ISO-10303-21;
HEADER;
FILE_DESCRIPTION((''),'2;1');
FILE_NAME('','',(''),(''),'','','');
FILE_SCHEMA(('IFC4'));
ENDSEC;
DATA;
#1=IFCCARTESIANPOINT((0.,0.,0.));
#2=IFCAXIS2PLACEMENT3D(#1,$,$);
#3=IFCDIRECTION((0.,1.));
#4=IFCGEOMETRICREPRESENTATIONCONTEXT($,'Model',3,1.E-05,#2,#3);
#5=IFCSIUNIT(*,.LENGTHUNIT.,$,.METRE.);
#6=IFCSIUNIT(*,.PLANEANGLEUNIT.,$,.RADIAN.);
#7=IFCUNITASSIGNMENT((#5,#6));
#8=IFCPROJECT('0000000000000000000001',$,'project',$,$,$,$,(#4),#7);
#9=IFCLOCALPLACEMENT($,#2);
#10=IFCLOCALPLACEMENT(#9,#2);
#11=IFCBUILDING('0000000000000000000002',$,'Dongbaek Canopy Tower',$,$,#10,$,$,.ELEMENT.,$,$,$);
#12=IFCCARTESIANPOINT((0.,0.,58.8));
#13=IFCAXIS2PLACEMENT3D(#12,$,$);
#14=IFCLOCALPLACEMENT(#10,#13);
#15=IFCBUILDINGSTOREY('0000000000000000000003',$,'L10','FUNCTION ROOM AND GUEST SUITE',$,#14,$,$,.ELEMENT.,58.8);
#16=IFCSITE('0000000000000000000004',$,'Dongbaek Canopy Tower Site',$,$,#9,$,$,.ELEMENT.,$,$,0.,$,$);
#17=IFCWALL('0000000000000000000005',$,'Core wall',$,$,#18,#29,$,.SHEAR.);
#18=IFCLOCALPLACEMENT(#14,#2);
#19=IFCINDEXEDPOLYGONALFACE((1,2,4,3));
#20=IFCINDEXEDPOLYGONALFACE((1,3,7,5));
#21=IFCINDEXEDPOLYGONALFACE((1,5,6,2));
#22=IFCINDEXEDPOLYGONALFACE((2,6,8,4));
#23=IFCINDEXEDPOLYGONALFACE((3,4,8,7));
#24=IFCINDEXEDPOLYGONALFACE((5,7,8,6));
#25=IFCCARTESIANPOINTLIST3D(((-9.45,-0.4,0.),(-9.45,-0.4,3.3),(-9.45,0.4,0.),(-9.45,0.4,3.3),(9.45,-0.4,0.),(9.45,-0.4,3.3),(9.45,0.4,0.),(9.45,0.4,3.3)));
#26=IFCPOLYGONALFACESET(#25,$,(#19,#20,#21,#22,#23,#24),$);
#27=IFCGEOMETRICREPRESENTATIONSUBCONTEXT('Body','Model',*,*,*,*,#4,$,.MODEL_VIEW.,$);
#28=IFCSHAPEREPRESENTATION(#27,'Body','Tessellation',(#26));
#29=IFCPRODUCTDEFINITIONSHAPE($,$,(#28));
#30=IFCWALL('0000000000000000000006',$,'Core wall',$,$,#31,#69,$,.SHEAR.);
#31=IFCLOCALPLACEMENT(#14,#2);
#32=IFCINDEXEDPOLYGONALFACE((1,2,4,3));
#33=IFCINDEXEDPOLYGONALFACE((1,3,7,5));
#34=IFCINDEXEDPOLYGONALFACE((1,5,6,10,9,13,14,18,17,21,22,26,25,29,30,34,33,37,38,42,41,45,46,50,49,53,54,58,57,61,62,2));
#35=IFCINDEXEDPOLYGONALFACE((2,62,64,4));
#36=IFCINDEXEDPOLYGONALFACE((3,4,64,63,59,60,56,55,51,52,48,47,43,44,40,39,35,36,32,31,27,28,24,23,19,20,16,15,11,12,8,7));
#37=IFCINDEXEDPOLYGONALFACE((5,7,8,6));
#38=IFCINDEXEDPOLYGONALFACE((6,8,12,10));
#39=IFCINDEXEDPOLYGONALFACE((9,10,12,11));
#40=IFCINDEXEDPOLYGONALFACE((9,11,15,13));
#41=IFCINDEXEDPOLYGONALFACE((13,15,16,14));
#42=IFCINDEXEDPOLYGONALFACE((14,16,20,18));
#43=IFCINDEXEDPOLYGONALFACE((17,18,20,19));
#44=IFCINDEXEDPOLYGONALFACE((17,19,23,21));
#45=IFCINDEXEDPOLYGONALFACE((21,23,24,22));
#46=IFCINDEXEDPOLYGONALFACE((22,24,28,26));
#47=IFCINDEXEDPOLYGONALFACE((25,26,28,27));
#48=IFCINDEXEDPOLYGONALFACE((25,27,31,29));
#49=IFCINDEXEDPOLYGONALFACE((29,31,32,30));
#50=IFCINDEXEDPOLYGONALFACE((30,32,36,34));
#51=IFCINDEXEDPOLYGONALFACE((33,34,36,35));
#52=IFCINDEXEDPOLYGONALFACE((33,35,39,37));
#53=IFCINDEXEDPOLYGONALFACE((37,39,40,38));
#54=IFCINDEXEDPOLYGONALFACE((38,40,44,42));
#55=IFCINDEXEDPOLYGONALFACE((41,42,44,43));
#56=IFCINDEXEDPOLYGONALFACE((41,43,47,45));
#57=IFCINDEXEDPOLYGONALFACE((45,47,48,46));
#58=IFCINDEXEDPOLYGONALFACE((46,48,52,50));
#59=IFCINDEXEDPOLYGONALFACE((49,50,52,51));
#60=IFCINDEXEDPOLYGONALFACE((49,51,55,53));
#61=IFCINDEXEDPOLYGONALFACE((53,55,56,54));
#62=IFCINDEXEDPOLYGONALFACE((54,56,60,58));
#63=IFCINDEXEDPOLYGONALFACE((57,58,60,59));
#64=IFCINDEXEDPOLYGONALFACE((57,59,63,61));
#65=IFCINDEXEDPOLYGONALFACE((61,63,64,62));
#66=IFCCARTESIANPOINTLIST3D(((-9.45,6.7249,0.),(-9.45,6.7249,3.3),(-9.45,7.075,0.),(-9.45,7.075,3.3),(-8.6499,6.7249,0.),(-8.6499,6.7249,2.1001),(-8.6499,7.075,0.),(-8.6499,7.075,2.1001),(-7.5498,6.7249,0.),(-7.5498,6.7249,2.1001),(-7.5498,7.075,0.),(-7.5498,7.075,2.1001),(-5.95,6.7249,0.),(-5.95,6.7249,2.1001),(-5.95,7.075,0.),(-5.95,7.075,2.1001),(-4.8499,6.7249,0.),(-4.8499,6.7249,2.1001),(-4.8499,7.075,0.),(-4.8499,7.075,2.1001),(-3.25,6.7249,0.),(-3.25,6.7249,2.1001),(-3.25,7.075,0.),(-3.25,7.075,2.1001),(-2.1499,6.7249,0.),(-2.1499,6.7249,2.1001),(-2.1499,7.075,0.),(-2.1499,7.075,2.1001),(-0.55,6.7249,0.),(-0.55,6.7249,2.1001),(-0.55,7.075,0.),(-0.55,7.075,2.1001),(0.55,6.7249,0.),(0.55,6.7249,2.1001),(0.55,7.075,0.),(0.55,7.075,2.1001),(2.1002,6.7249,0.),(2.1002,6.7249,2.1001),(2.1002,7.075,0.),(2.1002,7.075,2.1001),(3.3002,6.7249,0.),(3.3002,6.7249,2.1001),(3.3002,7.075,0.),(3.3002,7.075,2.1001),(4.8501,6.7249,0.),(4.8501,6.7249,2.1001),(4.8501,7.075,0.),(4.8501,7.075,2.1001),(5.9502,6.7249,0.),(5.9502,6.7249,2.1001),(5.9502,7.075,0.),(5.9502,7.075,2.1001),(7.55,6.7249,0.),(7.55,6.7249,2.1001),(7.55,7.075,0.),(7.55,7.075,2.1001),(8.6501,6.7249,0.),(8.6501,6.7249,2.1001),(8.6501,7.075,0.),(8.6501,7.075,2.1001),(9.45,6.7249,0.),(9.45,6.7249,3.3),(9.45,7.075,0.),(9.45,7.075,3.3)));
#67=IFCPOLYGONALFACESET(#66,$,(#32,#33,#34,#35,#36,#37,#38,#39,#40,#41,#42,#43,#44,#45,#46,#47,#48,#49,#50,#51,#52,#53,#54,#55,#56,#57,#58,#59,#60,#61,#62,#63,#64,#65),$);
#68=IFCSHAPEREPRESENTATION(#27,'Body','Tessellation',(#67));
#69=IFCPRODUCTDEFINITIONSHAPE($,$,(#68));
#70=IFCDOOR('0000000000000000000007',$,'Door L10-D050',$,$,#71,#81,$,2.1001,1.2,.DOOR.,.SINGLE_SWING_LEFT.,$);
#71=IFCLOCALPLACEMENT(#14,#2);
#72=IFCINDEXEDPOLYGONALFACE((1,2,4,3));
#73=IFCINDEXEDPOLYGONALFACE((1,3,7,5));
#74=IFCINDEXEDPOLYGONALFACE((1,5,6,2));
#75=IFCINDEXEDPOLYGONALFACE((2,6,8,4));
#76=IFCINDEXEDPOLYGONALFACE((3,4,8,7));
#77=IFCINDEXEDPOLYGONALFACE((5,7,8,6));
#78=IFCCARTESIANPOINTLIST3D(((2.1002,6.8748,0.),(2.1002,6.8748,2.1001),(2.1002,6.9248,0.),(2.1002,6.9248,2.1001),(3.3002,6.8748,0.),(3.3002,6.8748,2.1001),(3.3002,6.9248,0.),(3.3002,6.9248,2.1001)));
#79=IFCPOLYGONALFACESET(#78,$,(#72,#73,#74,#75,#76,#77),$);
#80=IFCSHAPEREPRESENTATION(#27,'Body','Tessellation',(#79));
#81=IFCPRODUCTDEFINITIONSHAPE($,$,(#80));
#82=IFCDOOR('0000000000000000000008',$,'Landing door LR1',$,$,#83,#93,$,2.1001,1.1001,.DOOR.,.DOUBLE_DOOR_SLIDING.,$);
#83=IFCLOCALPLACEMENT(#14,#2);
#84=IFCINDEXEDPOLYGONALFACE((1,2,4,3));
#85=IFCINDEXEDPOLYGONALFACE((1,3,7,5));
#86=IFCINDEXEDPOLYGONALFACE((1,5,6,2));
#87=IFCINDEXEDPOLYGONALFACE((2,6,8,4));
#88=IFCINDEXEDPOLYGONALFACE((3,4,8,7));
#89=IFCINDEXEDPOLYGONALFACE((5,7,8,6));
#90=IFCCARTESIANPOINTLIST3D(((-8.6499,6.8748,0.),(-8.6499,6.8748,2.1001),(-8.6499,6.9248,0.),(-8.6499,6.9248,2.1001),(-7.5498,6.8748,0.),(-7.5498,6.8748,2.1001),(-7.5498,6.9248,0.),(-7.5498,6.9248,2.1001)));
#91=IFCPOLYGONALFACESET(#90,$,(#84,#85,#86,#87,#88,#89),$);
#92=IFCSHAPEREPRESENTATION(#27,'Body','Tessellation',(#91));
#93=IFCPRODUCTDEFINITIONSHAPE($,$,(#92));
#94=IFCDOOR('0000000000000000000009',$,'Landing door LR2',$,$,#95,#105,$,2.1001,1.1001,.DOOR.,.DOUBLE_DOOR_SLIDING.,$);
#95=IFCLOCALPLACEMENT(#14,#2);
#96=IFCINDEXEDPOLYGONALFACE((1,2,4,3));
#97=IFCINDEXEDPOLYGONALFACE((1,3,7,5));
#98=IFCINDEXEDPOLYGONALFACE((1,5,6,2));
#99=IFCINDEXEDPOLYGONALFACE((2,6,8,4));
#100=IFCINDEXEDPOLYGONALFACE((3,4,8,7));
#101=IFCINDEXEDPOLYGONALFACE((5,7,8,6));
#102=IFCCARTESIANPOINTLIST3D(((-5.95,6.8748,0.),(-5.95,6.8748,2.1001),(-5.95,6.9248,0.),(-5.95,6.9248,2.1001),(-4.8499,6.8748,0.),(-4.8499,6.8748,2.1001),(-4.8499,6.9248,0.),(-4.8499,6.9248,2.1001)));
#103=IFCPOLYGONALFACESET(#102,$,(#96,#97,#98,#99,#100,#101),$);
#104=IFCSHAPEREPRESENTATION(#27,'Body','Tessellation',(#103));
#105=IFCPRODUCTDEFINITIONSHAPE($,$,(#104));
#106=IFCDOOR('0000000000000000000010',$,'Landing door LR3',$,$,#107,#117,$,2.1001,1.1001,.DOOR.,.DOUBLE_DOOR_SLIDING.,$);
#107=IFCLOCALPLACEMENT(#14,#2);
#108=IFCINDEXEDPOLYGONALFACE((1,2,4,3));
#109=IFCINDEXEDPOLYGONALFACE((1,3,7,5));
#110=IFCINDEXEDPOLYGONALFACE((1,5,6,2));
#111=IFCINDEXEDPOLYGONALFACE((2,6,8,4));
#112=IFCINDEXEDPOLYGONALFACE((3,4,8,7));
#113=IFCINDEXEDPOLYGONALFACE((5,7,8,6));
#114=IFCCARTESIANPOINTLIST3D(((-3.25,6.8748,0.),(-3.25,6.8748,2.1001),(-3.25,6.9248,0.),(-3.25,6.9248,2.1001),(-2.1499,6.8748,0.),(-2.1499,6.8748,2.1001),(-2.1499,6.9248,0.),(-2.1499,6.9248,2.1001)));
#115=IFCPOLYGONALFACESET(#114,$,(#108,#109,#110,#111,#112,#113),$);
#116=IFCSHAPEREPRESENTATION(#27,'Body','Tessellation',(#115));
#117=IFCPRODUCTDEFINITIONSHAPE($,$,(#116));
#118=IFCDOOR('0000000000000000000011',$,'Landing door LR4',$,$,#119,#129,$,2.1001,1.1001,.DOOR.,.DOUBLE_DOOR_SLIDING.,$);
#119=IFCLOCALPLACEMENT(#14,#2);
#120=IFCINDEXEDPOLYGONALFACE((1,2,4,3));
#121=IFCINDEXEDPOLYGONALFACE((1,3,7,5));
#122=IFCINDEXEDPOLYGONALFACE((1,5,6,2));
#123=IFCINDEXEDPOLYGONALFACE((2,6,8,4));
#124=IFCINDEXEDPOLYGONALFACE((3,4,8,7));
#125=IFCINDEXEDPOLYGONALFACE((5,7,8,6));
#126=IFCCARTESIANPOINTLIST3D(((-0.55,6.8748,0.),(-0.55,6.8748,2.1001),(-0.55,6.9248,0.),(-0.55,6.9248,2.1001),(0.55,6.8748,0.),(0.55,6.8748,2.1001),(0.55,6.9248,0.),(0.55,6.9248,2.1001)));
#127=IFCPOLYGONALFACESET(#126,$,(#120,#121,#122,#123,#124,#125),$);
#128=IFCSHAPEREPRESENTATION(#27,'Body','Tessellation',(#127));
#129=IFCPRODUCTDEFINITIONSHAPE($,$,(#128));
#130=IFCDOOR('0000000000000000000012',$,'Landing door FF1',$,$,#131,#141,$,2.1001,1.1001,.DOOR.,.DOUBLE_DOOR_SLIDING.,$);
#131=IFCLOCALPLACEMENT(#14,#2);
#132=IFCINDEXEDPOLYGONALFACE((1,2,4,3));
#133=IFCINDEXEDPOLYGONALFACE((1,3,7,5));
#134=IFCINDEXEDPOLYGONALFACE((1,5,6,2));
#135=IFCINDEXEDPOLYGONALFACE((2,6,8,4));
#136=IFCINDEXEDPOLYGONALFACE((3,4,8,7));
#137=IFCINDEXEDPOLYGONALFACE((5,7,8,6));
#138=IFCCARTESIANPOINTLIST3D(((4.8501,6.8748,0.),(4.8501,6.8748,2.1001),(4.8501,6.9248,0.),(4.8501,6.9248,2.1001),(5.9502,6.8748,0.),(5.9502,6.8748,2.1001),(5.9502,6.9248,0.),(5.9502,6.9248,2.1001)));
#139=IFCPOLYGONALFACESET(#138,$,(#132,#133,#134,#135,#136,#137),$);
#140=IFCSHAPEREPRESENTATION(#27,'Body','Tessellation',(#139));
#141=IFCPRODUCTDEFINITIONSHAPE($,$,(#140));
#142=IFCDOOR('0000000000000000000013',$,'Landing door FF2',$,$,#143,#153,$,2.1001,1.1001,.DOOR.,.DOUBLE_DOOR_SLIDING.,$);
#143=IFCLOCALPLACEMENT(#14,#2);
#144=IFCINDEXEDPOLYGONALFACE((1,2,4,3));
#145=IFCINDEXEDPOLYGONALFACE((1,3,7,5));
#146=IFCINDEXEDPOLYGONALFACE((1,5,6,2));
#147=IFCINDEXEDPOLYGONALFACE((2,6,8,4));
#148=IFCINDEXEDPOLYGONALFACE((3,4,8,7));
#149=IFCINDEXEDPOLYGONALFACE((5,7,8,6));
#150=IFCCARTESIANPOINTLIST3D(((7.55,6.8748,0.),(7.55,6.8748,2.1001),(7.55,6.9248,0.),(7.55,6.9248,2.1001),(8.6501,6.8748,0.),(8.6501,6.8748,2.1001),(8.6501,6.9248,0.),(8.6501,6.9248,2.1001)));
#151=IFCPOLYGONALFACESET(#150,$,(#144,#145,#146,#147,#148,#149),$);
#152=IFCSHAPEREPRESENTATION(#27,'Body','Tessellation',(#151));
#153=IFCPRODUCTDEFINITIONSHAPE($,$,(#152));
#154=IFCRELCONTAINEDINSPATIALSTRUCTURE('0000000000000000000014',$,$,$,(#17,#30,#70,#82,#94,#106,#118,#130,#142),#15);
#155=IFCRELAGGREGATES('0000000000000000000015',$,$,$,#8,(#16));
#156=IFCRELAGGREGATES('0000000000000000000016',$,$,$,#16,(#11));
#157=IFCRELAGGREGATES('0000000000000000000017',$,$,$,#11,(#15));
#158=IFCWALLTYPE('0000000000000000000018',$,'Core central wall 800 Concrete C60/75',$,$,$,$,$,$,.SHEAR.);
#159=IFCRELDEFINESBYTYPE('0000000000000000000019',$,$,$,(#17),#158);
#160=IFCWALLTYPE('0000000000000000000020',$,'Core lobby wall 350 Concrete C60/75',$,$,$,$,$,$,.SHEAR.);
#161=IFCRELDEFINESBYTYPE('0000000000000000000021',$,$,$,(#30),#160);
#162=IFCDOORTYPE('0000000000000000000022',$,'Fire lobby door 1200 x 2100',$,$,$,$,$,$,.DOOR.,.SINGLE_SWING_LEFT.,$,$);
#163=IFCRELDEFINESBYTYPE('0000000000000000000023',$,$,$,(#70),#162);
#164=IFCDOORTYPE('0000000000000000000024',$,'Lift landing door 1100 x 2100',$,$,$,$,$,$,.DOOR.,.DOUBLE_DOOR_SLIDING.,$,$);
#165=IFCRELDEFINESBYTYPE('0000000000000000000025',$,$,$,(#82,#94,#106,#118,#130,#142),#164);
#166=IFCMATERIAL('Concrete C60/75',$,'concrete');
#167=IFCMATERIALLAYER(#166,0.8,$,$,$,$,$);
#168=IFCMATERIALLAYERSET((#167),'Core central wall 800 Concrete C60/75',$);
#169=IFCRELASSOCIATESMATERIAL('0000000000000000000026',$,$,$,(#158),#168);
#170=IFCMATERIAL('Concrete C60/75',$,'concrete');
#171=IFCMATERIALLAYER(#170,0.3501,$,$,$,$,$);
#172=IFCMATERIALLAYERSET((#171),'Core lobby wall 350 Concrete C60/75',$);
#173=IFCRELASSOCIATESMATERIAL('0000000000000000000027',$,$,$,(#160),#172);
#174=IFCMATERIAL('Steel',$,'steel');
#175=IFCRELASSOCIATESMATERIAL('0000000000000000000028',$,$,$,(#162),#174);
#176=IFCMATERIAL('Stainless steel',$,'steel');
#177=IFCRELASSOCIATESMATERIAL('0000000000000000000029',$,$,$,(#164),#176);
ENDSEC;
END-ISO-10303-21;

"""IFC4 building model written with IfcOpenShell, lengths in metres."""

from ifc_helpers import new_model, si_unit, direction, frame, frame_2d, origin, place, context, subcontext, project, spatial, rectangle, extrude, material, layer, layer_set, type_object, element, fill, save


model = new_model("IFC4")

# Units and contexts
model_context = context("Model", 3, precision=1e-05, world=origin(), true_north=direction((0.0, 1.0)))
body_context = subcontext(model_context, "Body", "Model", "MODEL_VIEW")
ifc_project = project(units=[si_unit("LENGTHUNIT", "METRE"), si_unit("PLANEANGLEUNIT", "RADIAN")], contexts=[model_context])

# Site, building, storey
site_placement = place(None, origin())
site = spatial("IfcSite", under=ifc_project, at=site_placement, Name="Dongbaek Canopy Tower Site", CompositionType="ELEMENT", RefElevation=0.0)
building_placement = place(site_placement, origin())
building = spatial("IfcBuilding", under=site, at=building_placement, Name="Dongbaek Canopy Tower", CompositionType="ELEMENT")
storey_placement = place(building_placement, frame((0.0, 0.0, 58.8)))
storey = spatial("IfcBuildingStorey", under=building, at=storey_placement, Name="L10", Description="FUNCTION ROOM AND GUEST SUITE", CompositionType="ELEMENT", Elevation=58.8)

# Wall
ifc_material_1 = material(Name="Concrete C60/75", Category="concrete")
ifc_layer_1 = layer(ifc_material_1, 0.8)
ifc_layer_set_1 = layer_set([ifc_layer_1], Name="Core central wall 800 Concrete C60/75")
wall_type_1 = type_object("IfcWallType", Name="Core central wall 800 Concrete C60/75", PredefinedType="SHEAR", material=ifc_layer_set_1)
wall_1_placement = place(storey_placement, frame((-9.45, 0.0, 0.0), z_axis=(0.0, 0.0, 1.0), x_axis=(1.0, 0.0, 0.0)))
element("IfcWall", 1, at=wall_1_placement, inside=storey, type_object=wall_type_1, Name="Core wall", PredefinedType="SHEAR", context=body_context, shape_type="SweptSolid", body=[
    extrude(rectangle(XDim=18.8999, YDim=0.8, at=frame_2d((9.45, 0.0))), origin(), (0.0, 0.0, 1.0), 3.3),
])

# Wall, openings, doors
ifc_material_2 = material(Name="Concrete C60/75", Category="concrete")
ifc_layer_2 = layer(ifc_material_2, 0.3501)
ifc_layer_set_2 = layer_set([ifc_layer_2], Name="Core lobby wall 350 Concrete C60/75")
wall_type_2 = type_object("IfcWallType", Name="Core lobby wall 350 Concrete C60/75", PredefinedType="SHEAR", material=ifc_layer_set_2)
wall_2_placement = place(storey_placement, frame((-9.45, 6.8999, 0.0), z_axis=(0.0, 0.0, 1.0), x_axis=(1.0, 0.0, 0.0)))
wall_2 = element("IfcWall", 2, at=wall_2_placement, inside=storey, type_object=wall_type_2, Name="Core wall", PredefinedType="SHEAR", context=body_context, shape_type="SweptSolid", body=[
    extrude(rectangle(XDim=18.8999, YDim=0.3501, at=frame_2d((9.45, 0.0))), origin(), (0.0, 0.0, 1.0), 3.3),
])
opening_1_placement = place(wall_2_placement, frame((0.8, 0.0, 0.0)))
opening_1 = element("IfcOpeningElement", 3, at=opening_1_placement, cuts=wall_2, PredefinedType="OPENING", context=body_context, shape_type="SweptSolid", body=[
    extrude(rectangle(XDim=1.1001, YDim=2.1001, at=frame_2d((0.55, 1.05))), frame((0.0, 0.1851, 0.0), z_axis=(0.0, -1.0, 0.0), x_axis=(1.0, 0.0, 0.0)), (0.0, 0.0, 1.0), 0.3701),
])
opening_2_placement = place(wall_2_placement, frame((3.5, 0.0, 0.0)))
opening_2 = element("IfcOpeningElement", 4, at=opening_2_placement, cuts=wall_2, PredefinedType="OPENING", context=body_context, shape_type="SweptSolid", body=[
    extrude(rectangle(XDim=1.1001, YDim=2.1001, at=frame_2d((0.55, 1.05))), frame((0.0, 0.1851, 0.0), z_axis=(0.0, -1.0, 0.0), x_axis=(1.0, 0.0, 0.0)), (0.0, 0.0, 1.0), 0.3701),
])
opening_3_placement = place(wall_2_placement, frame((6.2, 0.0, 0.0)))
opening_3 = element("IfcOpeningElement", 5, at=opening_3_placement, cuts=wall_2, PredefinedType="OPENING", context=body_context, shape_type="SweptSolid", body=[
    extrude(rectangle(XDim=1.1001, YDim=2.1001, at=frame_2d((0.55, 1.05))), frame((0.0, 0.1851, 0.0), z_axis=(0.0, -1.0, 0.0), x_axis=(1.0, 0.0, 0.0)), (0.0, 0.0, 1.0), 0.3701),
])
opening_4_placement = place(wall_2_placement, frame((8.8999, 0.0, 0.0)))
opening_4 = element("IfcOpeningElement", 6, at=opening_4_placement, cuts=wall_2, PredefinedType="OPENING", context=body_context, shape_type="SweptSolid", body=[
    extrude(rectangle(XDim=1.1001, YDim=2.1001, at=frame_2d((0.55, 1.05))), frame((0.0, 0.1851, 0.0), z_axis=(0.0, -1.0, 0.0), x_axis=(1.0, 0.0, 0.0)), (0.0, 0.0, 1.0), 0.3701),
])
opening_5_placement = place(wall_2_placement, frame((11.55, 0.0, 0.0)))
opening_5 = element("IfcOpeningElement", 7, at=opening_5_placement, cuts=wall_2, PredefinedType="OPENING", context=body_context, shape_type="SweptSolid", body=[
    extrude(rectangle(XDim=1.2, YDim=2.1001, at=frame_2d((0.6001, 1.05))), frame((0.0, 0.1851, 0.0), z_axis=(0.0, -1.0, 0.0), x_axis=(1.0, 0.0, 0.0)), (0.0, 0.0, 1.0), 0.3701),
])
opening_6_placement = place(wall_2_placement, frame((14.3, 0.0, 0.0)))
opening_6 = element("IfcOpeningElement", 8, at=opening_6_placement, cuts=wall_2, PredefinedType="OPENING", context=body_context, shape_type="SweptSolid", body=[
    extrude(rectangle(XDim=1.1001, YDim=2.1001, at=frame_2d((0.55, 1.05))), frame((0.0, 0.1851, 0.0), z_axis=(0.0, -1.0, 0.0), x_axis=(1.0, 0.0, 0.0)), (0.0, 0.0, 1.0), 0.3701),
])
opening_7_placement = place(wall_2_placement, frame((17.0, 0.0, 0.0)))
opening_7 = element("IfcOpeningElement", 9, at=opening_7_placement, cuts=wall_2, PredefinedType="OPENING", context=body_context, shape_type="SweptSolid", body=[
    extrude(rectangle(XDim=1.1001, YDim=2.1001, at=frame_2d((0.55, 1.05))), frame((0.0, 0.1851, 0.0), z_axis=(0.0, -1.0, 0.0), x_axis=(1.0, 0.0, 0.0)), (0.0, 0.0, 1.0), 0.3701),
])
ifc_material_3 = material(Name="Steel", Category="steel")
door_type_1 = type_object("IfcDoorType", Name="Fire lobby door 1200 x 2100", OperationType="SINGLE_SWING_LEFT", PredefinedType="DOOR", material=ifc_material_3)
door_1_placement = place(opening_5_placement, origin())
door_1 = element("IfcDoor", 10, at=door_1_placement, inside=storey, type_object=door_type_1, Name="Door L10-D050", OperationType="SINGLE_SWING_LEFT", OverallHeight=2.1001, OverallWidth=1.2, PredefinedType="DOOR", context=body_context, shape_type="SweptSolid", body=[
    extrude(rectangle(XDim=1.2, YDim=2.1001, at=frame_2d((0.6001, 1.05))), frame((0.0, 0.0249, 0.0), z_axis=(0.0, -1.0, 0.0), x_axis=(1.0, 0.0, 0.0)), (0.0, 0.0, 1.0), 0.05),
])
fill(opening_5, door_1)
ifc_material_4 = material(Name="Stainless steel", Category="steel")
door_type_2 = type_object("IfcDoorType", Name="Lift landing door 1100 x 2100", OperationType="DOUBLE_DOOR_SLIDING", PredefinedType="DOOR", material=ifc_material_4)
door_2_placement = place(opening_1_placement, origin())
door_2 = element("IfcDoor", 11, at=door_2_placement, inside=storey, type_object=door_type_2, Name="Landing door LR1", OperationType="DOUBLE_DOOR_SLIDING", OverallHeight=2.1001, OverallWidth=1.1001, PredefinedType="DOOR", context=body_context, shape_type="SweptSolid", body=[
    extrude(rectangle(XDim=1.1001, YDim=2.1001, at=frame_2d((0.55, 1.05))), frame((0.0, 0.0249, 0.0), z_axis=(0.0, -1.0, 0.0), x_axis=(1.0, 0.0, 0.0)), (0.0, 0.0, 1.0), 0.05),
])
fill(opening_1, door_2)
door_3_placement = place(opening_2_placement, origin())
door_3 = element("IfcDoor", 12, at=door_3_placement, inside=storey, type_object=door_type_2, Name="Landing door LR2", OperationType="DOUBLE_DOOR_SLIDING", OverallHeight=2.1001, OverallWidth=1.1001, PredefinedType="DOOR", context=body_context, shape_type="SweptSolid", body=[
    extrude(rectangle(XDim=1.1001, YDim=2.1001, at=frame_2d((0.55, 1.05))), frame((0.0, 0.0249, 0.0), z_axis=(0.0, -1.0, 0.0), x_axis=(1.0, 0.0, 0.0)), (0.0, 0.0, 1.0), 0.05),
])
fill(opening_2, door_3)
door_4_placement = place(opening_3_placement, origin())
door_4 = element("IfcDoor", 13, at=door_4_placement, inside=storey, type_object=door_type_2, Name="Landing door LR3", OperationType="DOUBLE_DOOR_SLIDING", OverallHeight=2.1001, OverallWidth=1.1001, PredefinedType="DOOR", context=body_context, shape_type="SweptSolid", body=[
    extrude(rectangle(XDim=1.1001, YDim=2.1001, at=frame_2d((0.55, 1.05))), frame((0.0, 0.0249, 0.0), z_axis=(0.0, -1.0, 0.0), x_axis=(1.0, 0.0, 0.0)), (0.0, 0.0, 1.0), 0.05),
])
fill(opening_3, door_4)
door_5_placement = place(opening_4_placement, origin())
door_5 = element("IfcDoor", 14, at=door_5_placement, inside=storey, type_object=door_type_2, Name="Landing door LR4", OperationType="DOUBLE_DOOR_SLIDING", OverallHeight=2.1001, OverallWidth=1.1001, PredefinedType="DOOR", context=body_context, shape_type="SweptSolid", body=[
    extrude(rectangle(XDim=1.1001, YDim=2.1001, at=frame_2d((0.55, 1.05))), frame((0.0, 0.0249, 0.0), z_axis=(0.0, -1.0, 0.0), x_axis=(1.0, 0.0, 0.0)), (0.0, 0.0, 1.0), 0.05),
])
fill(opening_4, door_5)
door_6_placement = place(opening_6_placement, origin())
door_6 = element("IfcDoor", 15, at=door_6_placement, inside=storey, type_object=door_type_2, Name="Landing door FF1", OperationType="DOUBLE_DOOR_SLIDING", OverallHeight=2.1001, OverallWidth=1.1001, PredefinedType="DOOR", context=body_context, shape_type="SweptSolid", body=[
    extrude(rectangle(XDim=1.1001, YDim=2.1001, at=frame_2d((0.55, 1.05))), frame((0.0, 0.0249, 0.0), z_axis=(0.0, -1.0, 0.0), x_axis=(1.0, 0.0, 0.0)), (0.0, 0.0, 1.0), 0.05),
])
fill(opening_6, door_6)
door_7_placement = place(opening_7_placement, origin())
door_7 = element("IfcDoor", 16, at=door_7_placement, inside=storey, type_object=door_type_2, Name="Landing door FF2", OperationType="DOUBLE_DOOR_SLIDING", OverallHeight=2.1001, OverallWidth=1.1001, PredefinedType="DOOR", context=body_context, shape_type="SweptSolid", body=[
    extrude(rectangle(XDim=1.1001, YDim=2.1001, at=frame_2d((0.55, 1.05))), frame((0.0, 0.0249, 0.0), z_axis=(0.0, -1.0, 0.0), x_axis=(1.0, 0.0, 0.0)), (0.0, 0.0, 1.0), 0.05),
])
fill(opening_7, door_7)

save(model, "model.ifc")
